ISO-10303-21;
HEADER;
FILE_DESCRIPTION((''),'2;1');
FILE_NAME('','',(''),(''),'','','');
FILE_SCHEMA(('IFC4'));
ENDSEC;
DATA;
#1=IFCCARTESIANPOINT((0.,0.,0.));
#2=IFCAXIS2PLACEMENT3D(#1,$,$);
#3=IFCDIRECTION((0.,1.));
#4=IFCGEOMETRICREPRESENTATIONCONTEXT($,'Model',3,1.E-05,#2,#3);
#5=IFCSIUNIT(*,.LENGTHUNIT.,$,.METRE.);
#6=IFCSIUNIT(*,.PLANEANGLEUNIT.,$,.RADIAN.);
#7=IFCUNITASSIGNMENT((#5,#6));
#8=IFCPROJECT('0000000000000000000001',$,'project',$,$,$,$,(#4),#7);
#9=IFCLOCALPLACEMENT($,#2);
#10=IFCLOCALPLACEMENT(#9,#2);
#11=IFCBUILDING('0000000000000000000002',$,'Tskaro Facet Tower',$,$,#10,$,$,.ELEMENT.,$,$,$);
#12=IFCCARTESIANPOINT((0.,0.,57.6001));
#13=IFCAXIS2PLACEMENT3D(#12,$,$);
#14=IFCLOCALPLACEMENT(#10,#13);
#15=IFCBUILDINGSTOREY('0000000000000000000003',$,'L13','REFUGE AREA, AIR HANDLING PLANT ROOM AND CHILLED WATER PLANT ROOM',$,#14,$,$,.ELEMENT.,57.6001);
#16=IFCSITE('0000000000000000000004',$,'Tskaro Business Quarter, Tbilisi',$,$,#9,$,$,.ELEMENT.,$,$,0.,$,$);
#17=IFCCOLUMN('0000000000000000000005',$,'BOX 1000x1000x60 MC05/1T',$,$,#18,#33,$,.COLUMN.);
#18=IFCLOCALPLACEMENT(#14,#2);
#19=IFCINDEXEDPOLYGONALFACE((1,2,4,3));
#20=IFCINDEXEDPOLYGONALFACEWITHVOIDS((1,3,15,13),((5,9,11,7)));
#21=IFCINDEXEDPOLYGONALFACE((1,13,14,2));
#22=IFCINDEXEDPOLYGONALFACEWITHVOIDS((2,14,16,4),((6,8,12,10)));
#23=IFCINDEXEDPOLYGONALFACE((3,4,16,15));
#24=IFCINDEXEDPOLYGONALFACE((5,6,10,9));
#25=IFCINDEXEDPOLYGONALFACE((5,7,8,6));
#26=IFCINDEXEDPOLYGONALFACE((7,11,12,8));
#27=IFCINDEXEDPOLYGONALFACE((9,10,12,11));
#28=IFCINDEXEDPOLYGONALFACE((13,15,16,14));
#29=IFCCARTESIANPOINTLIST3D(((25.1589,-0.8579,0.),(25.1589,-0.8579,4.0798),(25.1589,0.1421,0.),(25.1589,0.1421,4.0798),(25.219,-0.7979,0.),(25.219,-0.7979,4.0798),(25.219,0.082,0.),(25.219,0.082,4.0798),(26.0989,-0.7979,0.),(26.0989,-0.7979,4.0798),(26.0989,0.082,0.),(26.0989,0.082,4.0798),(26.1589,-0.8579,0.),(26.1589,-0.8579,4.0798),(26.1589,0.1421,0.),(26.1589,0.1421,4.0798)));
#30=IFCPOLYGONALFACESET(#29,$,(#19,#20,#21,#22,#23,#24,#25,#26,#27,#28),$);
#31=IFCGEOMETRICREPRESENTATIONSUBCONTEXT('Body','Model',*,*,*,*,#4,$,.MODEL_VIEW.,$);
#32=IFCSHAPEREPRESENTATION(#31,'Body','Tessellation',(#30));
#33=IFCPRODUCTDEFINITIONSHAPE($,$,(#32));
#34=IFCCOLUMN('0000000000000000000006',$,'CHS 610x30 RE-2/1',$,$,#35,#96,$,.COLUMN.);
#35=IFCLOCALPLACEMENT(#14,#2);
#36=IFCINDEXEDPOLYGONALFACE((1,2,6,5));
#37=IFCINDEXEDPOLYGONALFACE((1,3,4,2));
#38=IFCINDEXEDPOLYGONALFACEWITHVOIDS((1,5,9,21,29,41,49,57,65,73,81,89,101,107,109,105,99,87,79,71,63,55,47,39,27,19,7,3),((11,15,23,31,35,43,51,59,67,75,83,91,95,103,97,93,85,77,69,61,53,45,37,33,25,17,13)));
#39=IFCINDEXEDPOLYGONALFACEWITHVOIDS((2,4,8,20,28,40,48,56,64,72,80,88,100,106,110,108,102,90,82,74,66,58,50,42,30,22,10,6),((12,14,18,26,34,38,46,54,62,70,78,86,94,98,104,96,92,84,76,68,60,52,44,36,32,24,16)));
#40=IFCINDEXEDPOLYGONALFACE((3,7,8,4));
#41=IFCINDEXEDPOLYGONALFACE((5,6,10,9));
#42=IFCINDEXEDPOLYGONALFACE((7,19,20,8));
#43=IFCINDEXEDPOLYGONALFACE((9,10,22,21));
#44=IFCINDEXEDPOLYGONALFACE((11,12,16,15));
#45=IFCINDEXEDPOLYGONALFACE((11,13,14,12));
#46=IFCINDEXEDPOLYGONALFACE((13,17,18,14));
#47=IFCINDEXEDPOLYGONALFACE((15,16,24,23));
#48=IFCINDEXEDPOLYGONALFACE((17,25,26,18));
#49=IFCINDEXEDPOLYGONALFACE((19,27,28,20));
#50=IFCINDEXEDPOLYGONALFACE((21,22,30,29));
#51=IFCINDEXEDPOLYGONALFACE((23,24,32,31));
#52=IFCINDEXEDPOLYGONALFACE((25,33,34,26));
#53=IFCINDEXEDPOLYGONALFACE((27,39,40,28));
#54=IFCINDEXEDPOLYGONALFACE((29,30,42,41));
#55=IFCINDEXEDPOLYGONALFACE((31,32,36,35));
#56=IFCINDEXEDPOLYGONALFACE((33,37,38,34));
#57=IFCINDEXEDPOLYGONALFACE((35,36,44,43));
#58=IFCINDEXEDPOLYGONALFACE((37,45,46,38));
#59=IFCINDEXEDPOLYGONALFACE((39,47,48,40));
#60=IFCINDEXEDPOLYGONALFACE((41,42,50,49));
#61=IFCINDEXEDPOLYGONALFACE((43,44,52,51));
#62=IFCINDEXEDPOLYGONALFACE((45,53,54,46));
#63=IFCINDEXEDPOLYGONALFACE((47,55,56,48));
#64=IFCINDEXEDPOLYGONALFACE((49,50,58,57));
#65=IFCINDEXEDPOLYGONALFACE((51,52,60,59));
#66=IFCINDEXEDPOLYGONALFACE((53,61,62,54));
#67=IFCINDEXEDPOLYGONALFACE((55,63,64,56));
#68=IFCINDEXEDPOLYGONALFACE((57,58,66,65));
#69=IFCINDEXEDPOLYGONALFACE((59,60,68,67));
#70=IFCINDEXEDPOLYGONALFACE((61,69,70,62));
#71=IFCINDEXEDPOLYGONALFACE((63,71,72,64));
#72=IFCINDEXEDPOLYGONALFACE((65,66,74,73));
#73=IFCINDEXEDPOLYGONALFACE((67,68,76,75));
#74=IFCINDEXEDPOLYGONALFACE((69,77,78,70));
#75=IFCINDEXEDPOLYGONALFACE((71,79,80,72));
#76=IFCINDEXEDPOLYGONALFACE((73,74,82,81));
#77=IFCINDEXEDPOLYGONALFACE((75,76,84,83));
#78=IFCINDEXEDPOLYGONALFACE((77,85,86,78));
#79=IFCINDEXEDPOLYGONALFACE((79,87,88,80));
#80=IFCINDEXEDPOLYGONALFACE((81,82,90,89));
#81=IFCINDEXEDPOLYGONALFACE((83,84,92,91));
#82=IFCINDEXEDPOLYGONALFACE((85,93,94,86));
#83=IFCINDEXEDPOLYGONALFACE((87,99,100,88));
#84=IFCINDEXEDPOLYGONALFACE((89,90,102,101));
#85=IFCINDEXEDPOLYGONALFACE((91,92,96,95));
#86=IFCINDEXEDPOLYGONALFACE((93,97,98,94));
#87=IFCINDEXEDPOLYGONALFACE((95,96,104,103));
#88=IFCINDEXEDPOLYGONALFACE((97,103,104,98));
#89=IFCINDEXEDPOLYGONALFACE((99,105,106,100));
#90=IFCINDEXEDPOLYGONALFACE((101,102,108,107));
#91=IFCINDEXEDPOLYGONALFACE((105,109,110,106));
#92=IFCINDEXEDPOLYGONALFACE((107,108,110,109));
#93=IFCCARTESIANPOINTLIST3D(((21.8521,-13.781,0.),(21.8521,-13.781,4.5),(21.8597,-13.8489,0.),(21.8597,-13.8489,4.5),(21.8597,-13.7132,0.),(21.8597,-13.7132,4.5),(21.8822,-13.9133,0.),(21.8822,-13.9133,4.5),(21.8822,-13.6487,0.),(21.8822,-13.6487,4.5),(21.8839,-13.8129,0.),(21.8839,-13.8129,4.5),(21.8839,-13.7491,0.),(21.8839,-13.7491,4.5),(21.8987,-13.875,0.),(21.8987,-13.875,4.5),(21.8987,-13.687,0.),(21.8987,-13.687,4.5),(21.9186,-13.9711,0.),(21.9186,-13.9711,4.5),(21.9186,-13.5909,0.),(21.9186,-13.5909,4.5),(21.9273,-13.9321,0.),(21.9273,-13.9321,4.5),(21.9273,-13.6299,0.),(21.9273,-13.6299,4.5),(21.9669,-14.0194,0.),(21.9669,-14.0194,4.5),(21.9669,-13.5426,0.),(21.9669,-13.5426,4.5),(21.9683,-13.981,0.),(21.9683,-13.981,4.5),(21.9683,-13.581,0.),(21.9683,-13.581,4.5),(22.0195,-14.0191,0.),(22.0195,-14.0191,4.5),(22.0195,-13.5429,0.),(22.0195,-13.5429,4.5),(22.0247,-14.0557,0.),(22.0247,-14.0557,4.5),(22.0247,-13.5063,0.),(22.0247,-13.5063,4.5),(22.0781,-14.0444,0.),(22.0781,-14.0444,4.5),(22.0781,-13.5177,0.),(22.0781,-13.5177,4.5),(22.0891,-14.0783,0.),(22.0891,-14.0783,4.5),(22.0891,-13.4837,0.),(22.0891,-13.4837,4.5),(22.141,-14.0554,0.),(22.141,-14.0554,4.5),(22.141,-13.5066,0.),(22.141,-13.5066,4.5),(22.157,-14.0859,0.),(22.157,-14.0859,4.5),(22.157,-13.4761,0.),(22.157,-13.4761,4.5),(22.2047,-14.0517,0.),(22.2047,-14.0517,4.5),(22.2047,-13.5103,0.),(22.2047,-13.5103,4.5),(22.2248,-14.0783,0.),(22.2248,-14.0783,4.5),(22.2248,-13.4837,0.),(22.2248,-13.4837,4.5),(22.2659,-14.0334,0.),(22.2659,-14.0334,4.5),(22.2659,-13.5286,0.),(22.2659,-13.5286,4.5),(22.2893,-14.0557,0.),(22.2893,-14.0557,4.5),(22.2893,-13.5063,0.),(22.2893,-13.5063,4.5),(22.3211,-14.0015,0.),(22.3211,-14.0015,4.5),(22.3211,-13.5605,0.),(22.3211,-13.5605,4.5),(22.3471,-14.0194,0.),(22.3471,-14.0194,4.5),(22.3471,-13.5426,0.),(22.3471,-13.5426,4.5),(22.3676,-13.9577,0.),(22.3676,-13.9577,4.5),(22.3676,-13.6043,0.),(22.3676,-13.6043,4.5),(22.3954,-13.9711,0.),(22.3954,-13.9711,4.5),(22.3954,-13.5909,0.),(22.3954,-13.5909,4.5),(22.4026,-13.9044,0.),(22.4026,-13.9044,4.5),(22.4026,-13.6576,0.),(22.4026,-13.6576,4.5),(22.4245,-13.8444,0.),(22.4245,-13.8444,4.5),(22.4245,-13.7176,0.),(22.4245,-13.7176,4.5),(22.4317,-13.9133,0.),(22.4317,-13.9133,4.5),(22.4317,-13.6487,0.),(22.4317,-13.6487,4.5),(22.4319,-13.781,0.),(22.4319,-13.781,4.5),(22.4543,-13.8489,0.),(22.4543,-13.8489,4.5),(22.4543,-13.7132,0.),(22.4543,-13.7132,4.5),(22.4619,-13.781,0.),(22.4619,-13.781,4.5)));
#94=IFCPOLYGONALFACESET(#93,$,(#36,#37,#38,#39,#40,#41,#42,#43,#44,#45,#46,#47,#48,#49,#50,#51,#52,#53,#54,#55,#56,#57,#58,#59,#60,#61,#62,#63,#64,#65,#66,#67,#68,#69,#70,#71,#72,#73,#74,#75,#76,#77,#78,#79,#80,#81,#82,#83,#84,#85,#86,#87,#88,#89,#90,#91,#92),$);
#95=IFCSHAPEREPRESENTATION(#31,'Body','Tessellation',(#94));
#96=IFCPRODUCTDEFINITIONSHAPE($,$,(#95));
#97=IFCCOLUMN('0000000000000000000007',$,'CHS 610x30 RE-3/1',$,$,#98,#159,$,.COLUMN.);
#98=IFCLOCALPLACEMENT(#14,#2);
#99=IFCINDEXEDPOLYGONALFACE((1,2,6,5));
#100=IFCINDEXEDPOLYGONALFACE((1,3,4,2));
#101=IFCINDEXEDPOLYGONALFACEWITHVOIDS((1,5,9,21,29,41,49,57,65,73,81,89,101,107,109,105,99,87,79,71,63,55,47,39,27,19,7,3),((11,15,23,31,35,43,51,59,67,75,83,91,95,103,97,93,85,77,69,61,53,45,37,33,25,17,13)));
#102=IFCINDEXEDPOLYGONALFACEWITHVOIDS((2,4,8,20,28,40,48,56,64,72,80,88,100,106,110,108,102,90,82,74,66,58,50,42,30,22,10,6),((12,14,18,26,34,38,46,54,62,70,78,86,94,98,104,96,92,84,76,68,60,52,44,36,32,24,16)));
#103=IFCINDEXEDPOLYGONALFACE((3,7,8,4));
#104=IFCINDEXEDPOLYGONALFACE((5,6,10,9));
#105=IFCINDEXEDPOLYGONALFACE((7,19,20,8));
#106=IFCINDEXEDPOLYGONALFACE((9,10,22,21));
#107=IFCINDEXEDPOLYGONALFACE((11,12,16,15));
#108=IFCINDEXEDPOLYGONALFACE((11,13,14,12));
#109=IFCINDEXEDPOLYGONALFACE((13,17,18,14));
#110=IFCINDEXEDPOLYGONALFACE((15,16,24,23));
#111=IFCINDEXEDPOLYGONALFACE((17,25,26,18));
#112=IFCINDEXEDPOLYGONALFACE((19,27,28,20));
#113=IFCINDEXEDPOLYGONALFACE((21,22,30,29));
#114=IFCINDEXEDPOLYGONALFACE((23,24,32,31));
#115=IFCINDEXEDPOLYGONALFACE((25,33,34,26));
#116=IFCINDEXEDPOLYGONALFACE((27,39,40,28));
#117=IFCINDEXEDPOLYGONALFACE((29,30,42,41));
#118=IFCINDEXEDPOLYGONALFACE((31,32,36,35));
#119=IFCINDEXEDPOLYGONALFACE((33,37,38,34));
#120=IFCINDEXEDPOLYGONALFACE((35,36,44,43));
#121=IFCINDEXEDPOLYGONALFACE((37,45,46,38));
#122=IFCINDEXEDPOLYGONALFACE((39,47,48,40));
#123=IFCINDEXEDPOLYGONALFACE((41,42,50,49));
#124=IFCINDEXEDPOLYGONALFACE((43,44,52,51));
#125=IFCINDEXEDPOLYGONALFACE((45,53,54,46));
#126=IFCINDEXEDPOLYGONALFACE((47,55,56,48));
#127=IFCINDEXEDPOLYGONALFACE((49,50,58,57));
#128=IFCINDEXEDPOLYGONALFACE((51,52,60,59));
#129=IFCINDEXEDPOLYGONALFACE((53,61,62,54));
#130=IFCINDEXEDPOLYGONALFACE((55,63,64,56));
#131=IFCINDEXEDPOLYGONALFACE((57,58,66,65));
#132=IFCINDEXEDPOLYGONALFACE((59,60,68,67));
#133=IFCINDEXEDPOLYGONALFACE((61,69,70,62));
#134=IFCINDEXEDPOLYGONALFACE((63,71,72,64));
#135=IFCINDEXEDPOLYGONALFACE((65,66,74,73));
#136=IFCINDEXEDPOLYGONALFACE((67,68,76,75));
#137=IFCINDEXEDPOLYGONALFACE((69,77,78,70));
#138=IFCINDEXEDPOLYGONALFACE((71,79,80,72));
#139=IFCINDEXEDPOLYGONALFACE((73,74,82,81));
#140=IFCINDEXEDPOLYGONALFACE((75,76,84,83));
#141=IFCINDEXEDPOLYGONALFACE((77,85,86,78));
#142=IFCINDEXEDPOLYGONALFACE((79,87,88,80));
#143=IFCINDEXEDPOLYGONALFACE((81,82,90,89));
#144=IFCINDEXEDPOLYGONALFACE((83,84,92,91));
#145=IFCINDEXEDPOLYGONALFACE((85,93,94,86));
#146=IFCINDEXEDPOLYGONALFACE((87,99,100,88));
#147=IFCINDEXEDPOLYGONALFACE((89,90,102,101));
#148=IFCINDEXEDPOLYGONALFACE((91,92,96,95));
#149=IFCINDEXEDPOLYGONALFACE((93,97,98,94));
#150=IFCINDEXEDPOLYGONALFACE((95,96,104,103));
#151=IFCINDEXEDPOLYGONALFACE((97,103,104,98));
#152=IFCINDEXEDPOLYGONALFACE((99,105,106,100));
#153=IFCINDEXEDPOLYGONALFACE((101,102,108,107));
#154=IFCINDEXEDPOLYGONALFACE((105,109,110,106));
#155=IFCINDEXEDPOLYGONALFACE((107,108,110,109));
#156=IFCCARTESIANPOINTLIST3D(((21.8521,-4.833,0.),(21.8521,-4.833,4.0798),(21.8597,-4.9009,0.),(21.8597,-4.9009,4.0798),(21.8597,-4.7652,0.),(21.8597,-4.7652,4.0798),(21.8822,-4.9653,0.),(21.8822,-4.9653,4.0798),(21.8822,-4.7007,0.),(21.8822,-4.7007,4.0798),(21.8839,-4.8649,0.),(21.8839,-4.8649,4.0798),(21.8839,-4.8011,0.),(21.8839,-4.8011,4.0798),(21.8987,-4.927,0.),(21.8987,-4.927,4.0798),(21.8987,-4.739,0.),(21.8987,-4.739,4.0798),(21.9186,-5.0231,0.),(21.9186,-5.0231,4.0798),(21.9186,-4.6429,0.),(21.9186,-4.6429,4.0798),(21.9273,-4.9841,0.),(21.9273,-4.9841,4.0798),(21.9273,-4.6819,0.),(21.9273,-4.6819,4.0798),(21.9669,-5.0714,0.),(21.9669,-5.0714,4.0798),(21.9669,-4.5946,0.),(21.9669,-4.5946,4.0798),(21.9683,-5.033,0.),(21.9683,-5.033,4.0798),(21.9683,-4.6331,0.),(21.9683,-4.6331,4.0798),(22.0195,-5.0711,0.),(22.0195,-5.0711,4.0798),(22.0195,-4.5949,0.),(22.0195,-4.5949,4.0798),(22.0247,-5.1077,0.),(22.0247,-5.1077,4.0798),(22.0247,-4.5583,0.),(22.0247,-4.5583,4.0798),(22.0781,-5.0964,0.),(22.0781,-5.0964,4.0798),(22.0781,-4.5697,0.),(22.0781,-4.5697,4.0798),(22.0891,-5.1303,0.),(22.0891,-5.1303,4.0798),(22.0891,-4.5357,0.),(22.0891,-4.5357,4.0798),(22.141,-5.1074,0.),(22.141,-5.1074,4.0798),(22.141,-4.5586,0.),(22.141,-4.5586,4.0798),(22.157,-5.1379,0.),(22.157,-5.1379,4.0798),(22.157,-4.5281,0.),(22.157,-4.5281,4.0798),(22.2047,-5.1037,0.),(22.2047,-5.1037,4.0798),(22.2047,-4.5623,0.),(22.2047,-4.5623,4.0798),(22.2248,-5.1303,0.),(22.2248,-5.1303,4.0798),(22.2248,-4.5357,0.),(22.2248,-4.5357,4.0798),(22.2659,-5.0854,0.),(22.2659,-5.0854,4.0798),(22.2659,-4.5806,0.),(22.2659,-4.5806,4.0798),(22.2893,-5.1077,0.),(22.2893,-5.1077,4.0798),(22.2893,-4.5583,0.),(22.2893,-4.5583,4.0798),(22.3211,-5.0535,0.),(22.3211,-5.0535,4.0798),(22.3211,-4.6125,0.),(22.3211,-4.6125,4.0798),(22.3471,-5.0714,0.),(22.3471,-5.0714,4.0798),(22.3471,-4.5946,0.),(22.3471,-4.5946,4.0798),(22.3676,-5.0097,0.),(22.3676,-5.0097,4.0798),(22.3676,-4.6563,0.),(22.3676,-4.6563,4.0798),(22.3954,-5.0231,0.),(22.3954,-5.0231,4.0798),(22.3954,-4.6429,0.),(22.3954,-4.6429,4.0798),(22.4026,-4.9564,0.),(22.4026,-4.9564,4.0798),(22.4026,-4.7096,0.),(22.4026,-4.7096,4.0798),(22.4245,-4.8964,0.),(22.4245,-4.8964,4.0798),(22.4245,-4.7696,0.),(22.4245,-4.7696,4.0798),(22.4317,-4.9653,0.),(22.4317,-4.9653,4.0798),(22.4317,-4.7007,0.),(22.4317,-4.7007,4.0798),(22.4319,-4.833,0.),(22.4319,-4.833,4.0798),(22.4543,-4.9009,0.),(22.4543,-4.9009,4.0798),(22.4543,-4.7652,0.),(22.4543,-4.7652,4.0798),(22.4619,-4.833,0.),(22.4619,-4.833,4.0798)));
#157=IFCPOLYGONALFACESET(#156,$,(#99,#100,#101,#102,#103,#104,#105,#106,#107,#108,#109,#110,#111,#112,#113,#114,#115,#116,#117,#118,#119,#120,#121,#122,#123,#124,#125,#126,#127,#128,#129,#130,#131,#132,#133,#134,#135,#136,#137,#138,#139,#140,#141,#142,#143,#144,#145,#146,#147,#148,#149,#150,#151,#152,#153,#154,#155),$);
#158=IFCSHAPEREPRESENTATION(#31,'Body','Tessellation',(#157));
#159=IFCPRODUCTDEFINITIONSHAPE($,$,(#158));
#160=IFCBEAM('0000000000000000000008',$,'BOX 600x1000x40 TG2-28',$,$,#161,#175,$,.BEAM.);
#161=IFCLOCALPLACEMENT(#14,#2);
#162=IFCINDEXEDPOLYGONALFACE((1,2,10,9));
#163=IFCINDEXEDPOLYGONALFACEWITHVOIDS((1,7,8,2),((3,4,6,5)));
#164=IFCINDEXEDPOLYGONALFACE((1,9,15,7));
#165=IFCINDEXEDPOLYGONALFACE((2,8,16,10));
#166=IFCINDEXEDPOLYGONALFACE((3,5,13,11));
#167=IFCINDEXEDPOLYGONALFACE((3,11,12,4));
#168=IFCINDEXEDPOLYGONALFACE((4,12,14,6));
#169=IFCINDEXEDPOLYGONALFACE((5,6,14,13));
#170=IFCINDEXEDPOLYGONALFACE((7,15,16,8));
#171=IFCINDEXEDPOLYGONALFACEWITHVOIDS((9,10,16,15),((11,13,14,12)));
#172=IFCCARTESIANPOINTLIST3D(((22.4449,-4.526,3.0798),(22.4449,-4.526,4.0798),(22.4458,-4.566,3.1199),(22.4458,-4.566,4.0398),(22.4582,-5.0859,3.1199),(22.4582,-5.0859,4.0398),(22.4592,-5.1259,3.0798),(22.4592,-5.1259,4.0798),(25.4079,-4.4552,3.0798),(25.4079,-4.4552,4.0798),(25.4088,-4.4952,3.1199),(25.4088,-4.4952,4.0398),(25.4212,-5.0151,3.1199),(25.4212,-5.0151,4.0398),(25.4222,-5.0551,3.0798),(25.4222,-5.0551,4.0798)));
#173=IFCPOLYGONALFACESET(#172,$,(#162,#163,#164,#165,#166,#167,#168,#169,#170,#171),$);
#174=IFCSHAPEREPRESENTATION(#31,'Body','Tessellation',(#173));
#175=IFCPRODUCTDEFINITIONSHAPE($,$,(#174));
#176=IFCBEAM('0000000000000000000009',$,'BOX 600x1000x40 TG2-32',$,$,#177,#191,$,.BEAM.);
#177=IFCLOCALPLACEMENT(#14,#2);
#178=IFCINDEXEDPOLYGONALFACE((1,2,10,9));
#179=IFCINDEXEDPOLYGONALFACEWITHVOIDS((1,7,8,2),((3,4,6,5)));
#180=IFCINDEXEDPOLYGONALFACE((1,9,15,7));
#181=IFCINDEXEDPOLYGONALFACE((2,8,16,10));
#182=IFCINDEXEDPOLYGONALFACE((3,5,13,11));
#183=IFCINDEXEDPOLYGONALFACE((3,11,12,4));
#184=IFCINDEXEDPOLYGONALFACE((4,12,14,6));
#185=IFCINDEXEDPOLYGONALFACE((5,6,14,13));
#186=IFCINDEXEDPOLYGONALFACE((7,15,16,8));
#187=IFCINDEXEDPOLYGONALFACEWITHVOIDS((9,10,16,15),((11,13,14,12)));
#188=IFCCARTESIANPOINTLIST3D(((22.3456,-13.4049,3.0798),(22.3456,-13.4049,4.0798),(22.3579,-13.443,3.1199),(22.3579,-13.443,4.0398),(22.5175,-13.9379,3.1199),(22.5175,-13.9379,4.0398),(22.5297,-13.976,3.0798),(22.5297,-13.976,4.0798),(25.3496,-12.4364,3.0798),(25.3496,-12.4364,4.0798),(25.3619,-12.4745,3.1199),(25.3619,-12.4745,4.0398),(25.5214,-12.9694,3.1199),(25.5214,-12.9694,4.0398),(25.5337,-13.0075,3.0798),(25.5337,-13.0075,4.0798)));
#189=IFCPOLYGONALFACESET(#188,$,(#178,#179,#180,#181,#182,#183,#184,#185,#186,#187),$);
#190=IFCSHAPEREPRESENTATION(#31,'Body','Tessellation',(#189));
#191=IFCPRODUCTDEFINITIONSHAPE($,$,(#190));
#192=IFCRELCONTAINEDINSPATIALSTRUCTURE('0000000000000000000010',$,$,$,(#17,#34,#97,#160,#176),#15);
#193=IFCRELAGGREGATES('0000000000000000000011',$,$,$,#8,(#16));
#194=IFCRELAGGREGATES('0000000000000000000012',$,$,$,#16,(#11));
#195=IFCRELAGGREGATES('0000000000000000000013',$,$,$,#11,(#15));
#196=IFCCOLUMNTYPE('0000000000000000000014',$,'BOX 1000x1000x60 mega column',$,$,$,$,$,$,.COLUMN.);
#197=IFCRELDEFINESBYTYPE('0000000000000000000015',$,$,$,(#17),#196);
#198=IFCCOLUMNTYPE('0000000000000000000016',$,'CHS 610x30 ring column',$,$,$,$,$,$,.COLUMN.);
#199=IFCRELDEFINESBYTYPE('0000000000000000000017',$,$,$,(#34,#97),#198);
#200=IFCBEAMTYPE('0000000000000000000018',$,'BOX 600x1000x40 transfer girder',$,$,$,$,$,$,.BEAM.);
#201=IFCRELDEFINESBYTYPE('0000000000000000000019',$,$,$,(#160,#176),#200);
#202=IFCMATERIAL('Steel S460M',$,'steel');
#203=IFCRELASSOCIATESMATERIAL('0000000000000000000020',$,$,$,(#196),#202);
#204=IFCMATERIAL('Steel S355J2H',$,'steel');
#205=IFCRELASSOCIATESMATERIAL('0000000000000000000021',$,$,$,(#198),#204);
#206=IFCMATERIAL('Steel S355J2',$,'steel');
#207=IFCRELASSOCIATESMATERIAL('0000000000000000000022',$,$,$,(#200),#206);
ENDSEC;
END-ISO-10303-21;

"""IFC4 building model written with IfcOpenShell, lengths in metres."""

from ifc_helpers import new_model, si_unit, direction, frame, origin, origin_2d, place, context, subcontext, project, spatial, hollow_rectangle, hollow_circle, extrude, material, material_profile, profile_set, type_object, element, save


model = new_model("IFC4")

# Units and contexts
model_context = context("Model", 3, precision=1e-05, world=origin(), true_north=direction((0.0, 1.0)))
body_context = subcontext(model_context, "Body", "Model", "MODEL_VIEW")
ifc_project = project(units=[si_unit("LENGTHUNIT", "METRE"), si_unit("PLANEANGLEUNIT", "RADIAN")], contexts=[model_context])

# Site, building, storey
site_placement = place(None, origin())
site = spatial("IfcSite", under=ifc_project, at=site_placement, Name="Tskaro Business Quarter, Tbilisi", CompositionType="ELEMENT", RefElevation=0.0)
building_placement = place(site_placement, origin())
building = spatial("IfcBuilding", under=site, at=building_placement, Name="Tskaro Facet Tower", CompositionType="ELEMENT")
storey_placement = place(building_placement, frame((0.0, 0.0, 57.6001)))
storey = spatial("IfcBuildingStorey", under=building, at=storey_placement, Name="L13", Description="REFUGE AREA, AIR HANDLING PLANT ROOM AND CHILLED WATER PLANT ROOM", CompositionType="ELEMENT", Elevation=57.6001)

# Columns
ifc_material_1 = material(Name="Steel S460M", Category="steel")
ifc_material_profile_1 = material_profile(ifc_material_1, hollow_rectangle(XDim=1.0, YDim=1.0, WallThickness=0.0601, at=origin_2d()), Name="BOX 1000x1000x60")
ifc_profile_set_1 = profile_set([ifc_material_profile_1], Name="Steel S460M")
column_type_1 = type_object("IfcColumnType", Name="BOX 1000x1000x60 mega column", PredefinedType="COLUMN", material=ifc_profile_set_1)
column_1_placement = place(storey_placement, frame((25.6589, -0.3579, 0.0), z_axis=(0.0, 0.0, 1.0), x_axis=(1.0, 0.0, 0.0)))
element("IfcColumn", 1, at=column_1_placement, inside=storey, type_object=column_type_1, Name="BOX 1000x1000x60 MC05/1T", PredefinedType="COLUMN", context=body_context, shape_type="SweptSolid", body=[
    extrude(hollow_rectangle(XDim=1.0, YDim=1.0, WallThickness=0.0601, at=origin_2d()), origin(), (0.0, 0.0, 1.0), 4.0798),
])
ifc_material_2 = material(Name="Steel S355J2H", Category="steel")
ifc_material_profile_2 = material_profile(ifc_material_2, hollow_circle(Radius=0.3049, WallThickness=0.03, at=origin_2d()), Name="CHS 610x30")
ifc_profile_set_2 = profile_set([ifc_material_profile_2], Name="Steel S355J2H")
column_type_2 = type_object("IfcColumnType", Name="CHS 610x30 ring column", PredefinedType="COLUMN", material=ifc_profile_set_2)
column_2_placement = place(storey_placement, frame((22.157, -13.781, 0.0), z_axis=(0.0, 0.0, 1.0), x_axis=(1.0, 0.0, 0.0)))
element("IfcColumn", 2, at=column_2_placement, inside=storey, type_object=column_type_2, Name="CHS 610x30 RE-2/1", PredefinedType="COLUMN", context=body_context, shape_type="SweptSolid", body=[
    extrude(hollow_circle(Radius=0.3049, WallThickness=0.03, at=origin_2d()), origin(), (0.0, 0.0, 1.0), 4.5),
])
column_3_placement = place(storey_placement, frame((22.157, -4.833, 0.0), z_axis=(0.0, 0.0, 1.0), x_axis=(1.0, 0.0, 0.0)))
element("IfcColumn", 3, at=column_3_placement, inside=storey, type_object=column_type_2, Name="CHS 610x30 RE-3/1", PredefinedType="COLUMN", context=body_context, shape_type="SweptSolid", body=[
    extrude(hollow_circle(Radius=0.3049, WallThickness=0.03, at=origin_2d()), origin(), (0.0, 0.0, 1.0), 4.0798),
])

# Beams
ifc_material_3 = material(Name="Steel S355J2", Category="steel")
ifc_material_profile_3 = material_profile(ifc_material_3, hollow_rectangle(XDim=0.6001, YDim=1.0, WallThickness=0.04, at=origin_2d()), Name="BOX 600x1000x40")
ifc_profile_set_3 = profile_set([ifc_material_profile_3], Name="Steel S355J2")
beam_type_1 = type_object("IfcBeamType", Name="BOX 600x1000x40 transfer girder", PredefinedType="BEAM", material=ifc_profile_set_3)
beam_1_placement = place(storey_placement, frame((25.415, -4.7551, 3.5798), z_axis=(-0.999715, -0.023887, 0.0), x_axis=(0.023887, -0.999715, 0.0)))
element("IfcBeam", 4, at=beam_1_placement, inside=storey, type_object=beam_type_1, Name="BOX 600x1000x40 TG2-28", PredefinedType="BEAM", context=body_context, shape_type="SweptSolid", body=[
    extrude(hollow_rectangle(XDim=0.6001, YDim=1.0, WallThickness=0.04, at=origin_2d()), origin(), (0.0, 0.0, 1.0), 2.9639),
])
beam_2_placement = place(storey_placement, frame((25.4417, -12.7219, 3.5798), z_axis=(-0.951755, -0.30686, 0.0), x_axis=(0.30686, -0.951755, 0.0)))
element("IfcBeam", 5, at=beam_2_placement, inside=storey, type_object=beam_type_1, Name="BOX 600x1000x40 TG2-32", PredefinedType="BEAM", context=body_context, shape_type="SweptSolid", body=[
    extrude(hollow_rectangle(XDim=0.6001, YDim=1.0, WallThickness=0.04, at=origin_2d()), origin(), (0.0, 0.0, 1.0), 3.1562),
])

save(model, "model.ifc")
